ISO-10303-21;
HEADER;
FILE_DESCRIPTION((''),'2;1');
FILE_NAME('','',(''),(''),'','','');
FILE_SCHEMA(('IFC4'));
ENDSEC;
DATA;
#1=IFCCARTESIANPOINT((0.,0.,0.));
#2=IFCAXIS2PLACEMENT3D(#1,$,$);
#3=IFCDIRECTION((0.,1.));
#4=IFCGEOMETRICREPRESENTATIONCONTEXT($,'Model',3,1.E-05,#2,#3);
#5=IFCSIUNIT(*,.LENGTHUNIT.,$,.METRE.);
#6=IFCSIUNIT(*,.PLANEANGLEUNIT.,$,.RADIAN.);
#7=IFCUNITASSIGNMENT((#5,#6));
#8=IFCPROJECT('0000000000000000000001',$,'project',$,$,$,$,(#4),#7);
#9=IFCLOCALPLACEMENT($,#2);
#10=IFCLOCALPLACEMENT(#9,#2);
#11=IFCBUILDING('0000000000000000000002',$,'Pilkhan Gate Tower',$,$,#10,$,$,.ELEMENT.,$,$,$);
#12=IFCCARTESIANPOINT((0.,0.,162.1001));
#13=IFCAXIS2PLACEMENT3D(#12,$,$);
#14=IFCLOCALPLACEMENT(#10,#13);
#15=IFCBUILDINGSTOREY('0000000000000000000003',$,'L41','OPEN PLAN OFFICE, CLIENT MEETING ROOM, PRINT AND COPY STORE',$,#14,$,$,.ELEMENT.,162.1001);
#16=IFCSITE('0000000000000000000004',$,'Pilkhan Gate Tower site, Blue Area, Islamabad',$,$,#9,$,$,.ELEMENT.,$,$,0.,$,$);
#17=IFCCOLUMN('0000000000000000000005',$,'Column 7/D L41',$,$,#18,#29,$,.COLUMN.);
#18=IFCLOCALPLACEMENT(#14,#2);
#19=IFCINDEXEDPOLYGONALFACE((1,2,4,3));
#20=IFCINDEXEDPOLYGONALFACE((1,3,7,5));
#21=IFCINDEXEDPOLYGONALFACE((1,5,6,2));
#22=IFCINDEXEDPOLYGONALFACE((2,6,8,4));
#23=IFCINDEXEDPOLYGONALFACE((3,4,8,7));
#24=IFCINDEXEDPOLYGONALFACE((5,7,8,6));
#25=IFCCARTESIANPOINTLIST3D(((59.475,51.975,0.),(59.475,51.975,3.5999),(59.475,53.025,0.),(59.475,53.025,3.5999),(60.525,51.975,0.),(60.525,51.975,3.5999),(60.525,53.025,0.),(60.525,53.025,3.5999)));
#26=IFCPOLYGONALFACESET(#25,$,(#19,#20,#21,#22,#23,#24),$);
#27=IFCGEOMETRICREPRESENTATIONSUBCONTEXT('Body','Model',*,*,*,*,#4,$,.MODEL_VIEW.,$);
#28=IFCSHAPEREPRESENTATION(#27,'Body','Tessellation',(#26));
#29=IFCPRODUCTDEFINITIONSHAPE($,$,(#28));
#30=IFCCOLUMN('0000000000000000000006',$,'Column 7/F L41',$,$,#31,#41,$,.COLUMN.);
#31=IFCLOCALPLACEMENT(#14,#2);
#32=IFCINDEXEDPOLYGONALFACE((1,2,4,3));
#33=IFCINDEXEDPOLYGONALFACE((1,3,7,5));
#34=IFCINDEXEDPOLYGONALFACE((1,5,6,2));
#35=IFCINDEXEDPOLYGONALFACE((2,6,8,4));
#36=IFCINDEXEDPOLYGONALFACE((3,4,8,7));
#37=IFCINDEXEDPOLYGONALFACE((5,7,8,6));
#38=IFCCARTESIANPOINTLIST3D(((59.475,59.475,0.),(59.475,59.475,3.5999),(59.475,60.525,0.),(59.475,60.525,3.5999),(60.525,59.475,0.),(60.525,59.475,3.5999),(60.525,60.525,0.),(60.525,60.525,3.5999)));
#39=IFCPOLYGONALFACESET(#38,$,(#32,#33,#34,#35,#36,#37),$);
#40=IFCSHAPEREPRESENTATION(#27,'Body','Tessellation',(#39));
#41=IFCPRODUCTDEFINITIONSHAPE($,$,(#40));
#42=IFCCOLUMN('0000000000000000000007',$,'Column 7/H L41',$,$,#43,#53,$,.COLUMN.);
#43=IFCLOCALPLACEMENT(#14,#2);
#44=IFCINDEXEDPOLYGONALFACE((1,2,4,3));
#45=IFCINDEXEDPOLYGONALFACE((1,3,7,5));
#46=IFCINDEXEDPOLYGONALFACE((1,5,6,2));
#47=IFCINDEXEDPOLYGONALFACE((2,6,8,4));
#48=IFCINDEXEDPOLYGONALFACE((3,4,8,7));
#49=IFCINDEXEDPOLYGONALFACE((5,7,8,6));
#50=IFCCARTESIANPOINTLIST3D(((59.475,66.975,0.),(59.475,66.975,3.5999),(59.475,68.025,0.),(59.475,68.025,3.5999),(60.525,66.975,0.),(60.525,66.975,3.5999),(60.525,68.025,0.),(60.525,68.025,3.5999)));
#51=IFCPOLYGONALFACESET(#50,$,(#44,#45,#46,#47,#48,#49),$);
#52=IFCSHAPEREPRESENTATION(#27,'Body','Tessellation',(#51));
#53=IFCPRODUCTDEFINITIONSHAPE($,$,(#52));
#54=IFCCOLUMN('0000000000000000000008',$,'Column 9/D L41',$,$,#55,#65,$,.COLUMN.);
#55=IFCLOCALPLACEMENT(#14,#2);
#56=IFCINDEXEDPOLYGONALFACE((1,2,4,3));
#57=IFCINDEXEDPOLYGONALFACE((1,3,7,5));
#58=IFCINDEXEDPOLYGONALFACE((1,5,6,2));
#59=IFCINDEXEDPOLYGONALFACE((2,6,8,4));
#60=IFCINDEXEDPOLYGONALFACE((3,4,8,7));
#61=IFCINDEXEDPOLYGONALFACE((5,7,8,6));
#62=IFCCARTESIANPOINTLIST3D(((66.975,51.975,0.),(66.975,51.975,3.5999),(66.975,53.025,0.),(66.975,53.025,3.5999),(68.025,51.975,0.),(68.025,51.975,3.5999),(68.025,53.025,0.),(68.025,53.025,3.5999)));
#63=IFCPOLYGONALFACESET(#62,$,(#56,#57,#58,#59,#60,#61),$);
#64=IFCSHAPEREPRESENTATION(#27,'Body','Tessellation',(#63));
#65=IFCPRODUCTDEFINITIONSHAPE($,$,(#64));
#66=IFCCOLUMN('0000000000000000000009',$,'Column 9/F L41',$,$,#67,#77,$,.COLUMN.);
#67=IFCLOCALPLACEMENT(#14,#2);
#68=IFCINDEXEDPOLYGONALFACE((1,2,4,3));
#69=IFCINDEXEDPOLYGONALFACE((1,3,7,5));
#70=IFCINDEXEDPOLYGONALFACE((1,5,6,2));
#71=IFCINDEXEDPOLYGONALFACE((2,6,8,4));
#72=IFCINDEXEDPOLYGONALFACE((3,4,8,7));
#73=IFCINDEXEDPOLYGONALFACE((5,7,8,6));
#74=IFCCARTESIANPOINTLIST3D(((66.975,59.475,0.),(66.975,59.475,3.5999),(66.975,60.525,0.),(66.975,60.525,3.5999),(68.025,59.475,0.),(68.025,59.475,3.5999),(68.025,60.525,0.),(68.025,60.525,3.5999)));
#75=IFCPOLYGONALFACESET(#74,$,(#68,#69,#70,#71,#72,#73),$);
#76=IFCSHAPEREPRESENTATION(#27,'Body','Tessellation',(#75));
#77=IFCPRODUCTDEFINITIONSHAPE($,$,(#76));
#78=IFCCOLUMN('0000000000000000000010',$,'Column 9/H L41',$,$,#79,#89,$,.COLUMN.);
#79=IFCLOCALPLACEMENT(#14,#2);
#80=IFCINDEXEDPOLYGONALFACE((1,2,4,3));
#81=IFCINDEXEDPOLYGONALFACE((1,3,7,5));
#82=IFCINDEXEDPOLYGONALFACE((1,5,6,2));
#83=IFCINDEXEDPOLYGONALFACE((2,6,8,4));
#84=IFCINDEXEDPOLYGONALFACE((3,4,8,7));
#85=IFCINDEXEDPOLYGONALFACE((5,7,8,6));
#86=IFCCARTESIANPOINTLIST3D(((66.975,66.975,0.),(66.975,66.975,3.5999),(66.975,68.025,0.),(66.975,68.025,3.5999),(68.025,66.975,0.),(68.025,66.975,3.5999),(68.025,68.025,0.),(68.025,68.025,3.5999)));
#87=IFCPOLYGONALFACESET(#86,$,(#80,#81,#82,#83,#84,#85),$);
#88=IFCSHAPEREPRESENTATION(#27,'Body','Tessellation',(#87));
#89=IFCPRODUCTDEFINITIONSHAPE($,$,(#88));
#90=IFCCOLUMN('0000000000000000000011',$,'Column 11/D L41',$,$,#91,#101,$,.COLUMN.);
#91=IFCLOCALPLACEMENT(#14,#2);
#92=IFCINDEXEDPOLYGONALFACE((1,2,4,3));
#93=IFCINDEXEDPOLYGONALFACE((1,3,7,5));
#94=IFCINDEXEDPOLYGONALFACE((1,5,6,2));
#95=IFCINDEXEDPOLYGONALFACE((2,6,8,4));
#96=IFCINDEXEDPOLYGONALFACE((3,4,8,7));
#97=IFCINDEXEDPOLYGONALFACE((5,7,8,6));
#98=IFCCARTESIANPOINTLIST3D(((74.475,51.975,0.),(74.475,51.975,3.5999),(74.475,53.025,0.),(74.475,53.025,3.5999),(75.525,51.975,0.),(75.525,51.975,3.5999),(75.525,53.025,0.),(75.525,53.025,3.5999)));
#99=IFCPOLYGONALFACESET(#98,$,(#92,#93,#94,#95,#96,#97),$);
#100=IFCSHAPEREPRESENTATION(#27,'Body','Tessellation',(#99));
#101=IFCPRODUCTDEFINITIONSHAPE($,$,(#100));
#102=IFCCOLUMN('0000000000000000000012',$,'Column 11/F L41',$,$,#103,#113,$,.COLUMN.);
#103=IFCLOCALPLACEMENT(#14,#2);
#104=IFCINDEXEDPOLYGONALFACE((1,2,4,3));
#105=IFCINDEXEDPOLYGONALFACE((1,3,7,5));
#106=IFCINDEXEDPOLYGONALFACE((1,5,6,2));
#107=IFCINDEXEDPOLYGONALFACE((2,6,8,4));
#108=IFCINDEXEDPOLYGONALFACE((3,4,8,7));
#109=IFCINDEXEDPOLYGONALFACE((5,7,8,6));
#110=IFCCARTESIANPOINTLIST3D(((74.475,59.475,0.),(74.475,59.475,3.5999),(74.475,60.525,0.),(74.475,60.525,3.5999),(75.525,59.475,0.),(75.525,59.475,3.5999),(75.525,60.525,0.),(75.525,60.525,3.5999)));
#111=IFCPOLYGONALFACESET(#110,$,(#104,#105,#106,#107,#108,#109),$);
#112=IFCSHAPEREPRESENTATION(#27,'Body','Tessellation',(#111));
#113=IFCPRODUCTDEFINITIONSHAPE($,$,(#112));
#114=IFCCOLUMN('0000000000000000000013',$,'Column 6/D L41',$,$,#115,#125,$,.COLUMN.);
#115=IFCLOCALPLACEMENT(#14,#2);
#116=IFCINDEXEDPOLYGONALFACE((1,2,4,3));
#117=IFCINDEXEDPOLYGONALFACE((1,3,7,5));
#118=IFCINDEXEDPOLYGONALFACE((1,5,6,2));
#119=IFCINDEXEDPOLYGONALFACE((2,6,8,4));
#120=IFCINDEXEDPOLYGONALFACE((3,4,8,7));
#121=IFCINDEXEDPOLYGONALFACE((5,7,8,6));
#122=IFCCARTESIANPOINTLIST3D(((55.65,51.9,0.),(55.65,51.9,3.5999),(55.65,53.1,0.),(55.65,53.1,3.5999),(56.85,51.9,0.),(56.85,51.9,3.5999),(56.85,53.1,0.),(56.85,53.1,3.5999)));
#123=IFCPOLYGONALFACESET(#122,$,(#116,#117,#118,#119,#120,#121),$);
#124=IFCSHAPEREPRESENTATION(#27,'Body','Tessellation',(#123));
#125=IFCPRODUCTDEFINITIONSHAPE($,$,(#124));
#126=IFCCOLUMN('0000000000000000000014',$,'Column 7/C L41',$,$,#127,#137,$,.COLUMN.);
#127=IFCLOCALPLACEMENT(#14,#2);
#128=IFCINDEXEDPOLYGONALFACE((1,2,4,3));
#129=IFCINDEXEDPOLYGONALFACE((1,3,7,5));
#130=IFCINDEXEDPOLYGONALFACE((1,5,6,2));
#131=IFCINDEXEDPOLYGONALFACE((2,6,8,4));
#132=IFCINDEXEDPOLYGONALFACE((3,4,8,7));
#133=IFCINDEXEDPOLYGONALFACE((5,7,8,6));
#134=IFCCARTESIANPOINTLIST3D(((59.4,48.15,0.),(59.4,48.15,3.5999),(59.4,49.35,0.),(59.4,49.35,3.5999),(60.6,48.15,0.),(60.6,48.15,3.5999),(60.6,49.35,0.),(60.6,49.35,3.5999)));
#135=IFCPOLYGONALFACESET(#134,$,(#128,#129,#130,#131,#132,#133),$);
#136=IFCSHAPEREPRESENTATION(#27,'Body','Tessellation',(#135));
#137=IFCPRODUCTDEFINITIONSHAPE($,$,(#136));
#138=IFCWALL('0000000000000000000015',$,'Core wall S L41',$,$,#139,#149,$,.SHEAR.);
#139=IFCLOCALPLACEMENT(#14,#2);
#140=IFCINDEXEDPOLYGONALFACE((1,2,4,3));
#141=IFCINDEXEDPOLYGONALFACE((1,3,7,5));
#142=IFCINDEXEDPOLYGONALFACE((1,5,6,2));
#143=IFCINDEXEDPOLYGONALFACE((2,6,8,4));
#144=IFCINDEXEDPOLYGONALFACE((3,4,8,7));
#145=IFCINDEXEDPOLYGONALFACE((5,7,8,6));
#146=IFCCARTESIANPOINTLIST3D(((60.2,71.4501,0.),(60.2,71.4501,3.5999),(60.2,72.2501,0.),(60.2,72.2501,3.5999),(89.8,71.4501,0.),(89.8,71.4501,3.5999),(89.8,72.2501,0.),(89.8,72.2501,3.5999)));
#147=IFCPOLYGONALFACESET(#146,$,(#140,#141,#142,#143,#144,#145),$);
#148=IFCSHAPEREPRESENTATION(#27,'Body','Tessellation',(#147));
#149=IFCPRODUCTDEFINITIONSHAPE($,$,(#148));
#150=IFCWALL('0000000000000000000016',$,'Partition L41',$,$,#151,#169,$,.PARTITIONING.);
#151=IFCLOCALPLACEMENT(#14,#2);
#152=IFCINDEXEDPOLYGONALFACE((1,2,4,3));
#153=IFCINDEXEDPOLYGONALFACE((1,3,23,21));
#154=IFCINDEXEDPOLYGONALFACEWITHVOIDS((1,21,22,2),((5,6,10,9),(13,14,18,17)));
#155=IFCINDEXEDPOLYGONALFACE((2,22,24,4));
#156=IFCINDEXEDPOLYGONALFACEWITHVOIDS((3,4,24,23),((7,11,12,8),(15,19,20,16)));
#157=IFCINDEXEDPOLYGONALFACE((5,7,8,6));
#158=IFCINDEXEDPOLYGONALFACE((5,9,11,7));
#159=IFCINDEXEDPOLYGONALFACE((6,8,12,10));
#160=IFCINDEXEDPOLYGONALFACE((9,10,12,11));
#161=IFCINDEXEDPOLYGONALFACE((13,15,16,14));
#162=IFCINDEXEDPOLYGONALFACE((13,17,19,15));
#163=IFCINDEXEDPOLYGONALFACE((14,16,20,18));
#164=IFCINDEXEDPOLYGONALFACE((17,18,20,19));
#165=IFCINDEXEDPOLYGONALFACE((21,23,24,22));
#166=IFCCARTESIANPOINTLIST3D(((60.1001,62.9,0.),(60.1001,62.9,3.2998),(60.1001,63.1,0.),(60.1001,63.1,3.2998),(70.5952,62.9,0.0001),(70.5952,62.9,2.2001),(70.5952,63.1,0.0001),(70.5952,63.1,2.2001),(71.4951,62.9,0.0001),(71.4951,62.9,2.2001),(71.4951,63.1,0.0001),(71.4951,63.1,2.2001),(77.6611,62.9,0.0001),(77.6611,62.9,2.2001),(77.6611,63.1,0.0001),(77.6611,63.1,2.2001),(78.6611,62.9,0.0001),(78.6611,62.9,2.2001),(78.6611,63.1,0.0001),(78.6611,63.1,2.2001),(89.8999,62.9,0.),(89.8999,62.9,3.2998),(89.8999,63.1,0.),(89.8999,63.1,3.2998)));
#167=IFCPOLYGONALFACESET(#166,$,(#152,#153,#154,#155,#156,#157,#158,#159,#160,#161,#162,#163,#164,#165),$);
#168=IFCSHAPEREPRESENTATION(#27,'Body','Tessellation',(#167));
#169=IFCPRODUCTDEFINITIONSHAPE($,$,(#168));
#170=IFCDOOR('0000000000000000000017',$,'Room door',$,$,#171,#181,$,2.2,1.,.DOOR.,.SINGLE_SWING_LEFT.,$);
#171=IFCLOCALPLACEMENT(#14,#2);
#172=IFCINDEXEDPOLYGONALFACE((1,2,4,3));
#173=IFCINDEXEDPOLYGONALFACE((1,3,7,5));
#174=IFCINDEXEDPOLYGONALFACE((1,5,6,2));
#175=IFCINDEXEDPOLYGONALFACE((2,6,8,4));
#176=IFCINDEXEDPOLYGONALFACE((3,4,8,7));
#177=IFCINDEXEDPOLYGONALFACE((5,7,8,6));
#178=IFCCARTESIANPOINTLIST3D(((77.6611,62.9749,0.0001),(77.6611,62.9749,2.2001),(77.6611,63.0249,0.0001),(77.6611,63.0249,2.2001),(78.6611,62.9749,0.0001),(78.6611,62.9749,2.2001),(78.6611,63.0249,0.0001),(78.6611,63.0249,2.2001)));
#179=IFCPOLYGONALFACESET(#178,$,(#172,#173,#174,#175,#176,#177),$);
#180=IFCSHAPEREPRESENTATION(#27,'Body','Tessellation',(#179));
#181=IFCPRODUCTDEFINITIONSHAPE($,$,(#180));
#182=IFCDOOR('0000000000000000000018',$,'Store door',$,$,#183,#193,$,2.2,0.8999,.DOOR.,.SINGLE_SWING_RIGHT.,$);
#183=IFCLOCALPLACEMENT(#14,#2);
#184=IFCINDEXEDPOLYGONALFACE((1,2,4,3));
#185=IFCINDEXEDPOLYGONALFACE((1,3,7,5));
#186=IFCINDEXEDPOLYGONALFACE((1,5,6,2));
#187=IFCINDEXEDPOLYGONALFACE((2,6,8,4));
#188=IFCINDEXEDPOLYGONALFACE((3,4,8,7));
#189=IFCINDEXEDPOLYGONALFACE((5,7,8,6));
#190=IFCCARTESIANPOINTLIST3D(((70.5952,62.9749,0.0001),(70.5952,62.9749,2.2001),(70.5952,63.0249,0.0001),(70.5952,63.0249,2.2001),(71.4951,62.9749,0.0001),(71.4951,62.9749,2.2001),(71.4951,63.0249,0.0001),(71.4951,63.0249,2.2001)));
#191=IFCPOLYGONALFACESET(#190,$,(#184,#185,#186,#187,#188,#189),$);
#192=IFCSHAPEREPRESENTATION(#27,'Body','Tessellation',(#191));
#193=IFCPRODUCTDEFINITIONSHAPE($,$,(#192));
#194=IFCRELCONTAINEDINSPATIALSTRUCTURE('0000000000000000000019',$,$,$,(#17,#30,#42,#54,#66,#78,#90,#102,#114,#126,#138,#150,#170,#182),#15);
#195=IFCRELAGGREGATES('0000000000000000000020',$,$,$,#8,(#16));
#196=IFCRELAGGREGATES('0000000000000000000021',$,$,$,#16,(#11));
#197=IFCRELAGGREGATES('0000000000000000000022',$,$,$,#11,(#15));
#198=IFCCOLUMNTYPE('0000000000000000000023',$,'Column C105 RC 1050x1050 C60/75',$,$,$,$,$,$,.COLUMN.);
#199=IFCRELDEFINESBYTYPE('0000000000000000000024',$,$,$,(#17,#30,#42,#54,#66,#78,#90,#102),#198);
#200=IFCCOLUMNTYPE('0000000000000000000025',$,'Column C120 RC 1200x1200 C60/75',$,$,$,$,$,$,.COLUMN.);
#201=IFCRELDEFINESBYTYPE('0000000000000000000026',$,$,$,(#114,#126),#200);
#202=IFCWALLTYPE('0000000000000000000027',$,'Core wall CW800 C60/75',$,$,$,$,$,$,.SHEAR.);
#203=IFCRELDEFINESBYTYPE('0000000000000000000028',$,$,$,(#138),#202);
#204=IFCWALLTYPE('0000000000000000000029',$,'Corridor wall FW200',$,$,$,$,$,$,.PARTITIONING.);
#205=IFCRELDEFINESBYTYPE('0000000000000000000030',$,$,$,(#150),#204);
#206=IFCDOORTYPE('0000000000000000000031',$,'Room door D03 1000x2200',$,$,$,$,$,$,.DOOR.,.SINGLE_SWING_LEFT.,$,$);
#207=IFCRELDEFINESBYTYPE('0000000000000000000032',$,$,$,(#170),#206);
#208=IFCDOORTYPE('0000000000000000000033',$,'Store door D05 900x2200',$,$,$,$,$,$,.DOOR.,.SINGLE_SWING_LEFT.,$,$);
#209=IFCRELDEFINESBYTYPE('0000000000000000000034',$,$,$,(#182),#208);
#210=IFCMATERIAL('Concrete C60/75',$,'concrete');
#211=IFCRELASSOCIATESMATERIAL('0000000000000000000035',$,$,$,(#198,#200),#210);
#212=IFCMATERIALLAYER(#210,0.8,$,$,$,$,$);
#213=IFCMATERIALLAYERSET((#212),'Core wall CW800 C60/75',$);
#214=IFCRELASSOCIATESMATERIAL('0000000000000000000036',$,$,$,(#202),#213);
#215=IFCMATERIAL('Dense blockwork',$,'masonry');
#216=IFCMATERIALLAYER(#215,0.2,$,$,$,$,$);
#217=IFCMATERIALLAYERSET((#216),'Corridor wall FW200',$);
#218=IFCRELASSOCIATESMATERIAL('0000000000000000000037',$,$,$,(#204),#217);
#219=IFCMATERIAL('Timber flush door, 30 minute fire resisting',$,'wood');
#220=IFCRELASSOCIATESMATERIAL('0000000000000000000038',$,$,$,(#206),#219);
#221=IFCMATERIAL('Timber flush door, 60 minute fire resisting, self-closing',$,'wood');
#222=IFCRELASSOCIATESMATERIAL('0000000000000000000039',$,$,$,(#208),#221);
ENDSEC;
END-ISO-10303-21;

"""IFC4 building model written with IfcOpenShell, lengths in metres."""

from ifc_helpers import new_model, si_unit, direction, frame, frame_2d, origin, origin_2d, place, context, subcontext, project, spatial, rectangle, extrude, material, layer, layer_set, material_profile, profile_set, type_object, element, fill, save


model = new_model("IFC4")

# Units and contexts
model_context = context("Model", 3, precision=1e-05, world=origin(), true_north=direction((0.0, 1.0)))
body_context = subcontext(model_context, "Body", "Model", "MODEL_VIEW")
ifc_project = project(units=[si_unit("LENGTHUNIT", "METRE"), si_unit("PLANEANGLEUNIT", "RADIAN")], contexts=[model_context])

# Site, building, storey
site_placement = place(None, origin())
site = spatial("IfcSite", under=ifc_project, at=site_placement, Name="Pilkhan Gate Tower site, Blue Area, Islamabad", CompositionType="ELEMENT", RefElevation=0.0)
building_placement = place(site_placement, origin())
building = spatial("IfcBuilding", under=site, at=building_placement, Name="Pilkhan Gate Tower", CompositionType="ELEMENT")
storey_placement = place(building_placement, frame((0.0, 0.0, 162.1001)))
storey = spatial("IfcBuildingStorey", under=building, at=storey_placement, Name="L41", Description="OPEN PLAN OFFICE, CLIENT MEETING ROOM, PRINT AND COPY STORE", CompositionType="ELEMENT", Elevation=162.1001)

# Columns
ifc_material_1 = material(Name="Concrete C60/75", Category="concrete")
ifc_material_profile_1 = material_profile(ifc_material_1, rectangle(XDim=1.05, YDim=1.05, at=origin_2d()), Name="RC 1050x1050")
ifc_profile_set_1 = profile_set([ifc_material_profile_1], Name="Concrete C60/75")
column_type_1 = type_object("IfcColumnType", Name="Column C105 RC 1050x1050 C60/75", PredefinedType="COLUMN", material=ifc_profile_set_1)
for number, where, z_axis, x_axis, name in (
    (1, (60.0, 52.5, 0.0), (0.0, 0.0, 1.0), (1.0, 0.0, 0.0), "Column 7/D L41"),
    (2, (60.0, 60.0, 0.0), (0.0, 0.0, 1.0), (1.0, 0.0, 0.0), "Column 7/F L41"),
    (3, (60.0, 67.5, 0.0), (0.0, 0.0, 1.0), (1.0, 0.0, 0.0), "Column 7/H L41"),
    (4, (67.5, 52.5, 0.0), (0.0, 0.0, 1.0), (1.0, 0.0, 0.0), "Column 9/D L41"),
    (5, (67.5, 60.0, 0.0), (0.0, 0.0, 1.0), (1.0, 0.0, 0.0), "Column 9/F L41"),
    (6, (67.5, 67.5, 0.0), (0.0, 0.0, 1.0), (1.0, 0.0, 0.0), "Column 9/H L41"),
    (7, (75.0, 52.5, 0.0), (0.0, 0.0, 1.0), (1.0, 0.0, 0.0), "Column 11/D L41"),
    (8, (75.0, 60.0, 0.0), (0.0, 0.0, 1.0), (1.0, 0.0, 0.0), "Column 11/F L41"),
):
    element("IfcColumn", number, at=place(storey_placement, frame(where, z_axis=z_axis, x_axis=x_axis)), inside=storey, type_object=column_type_1, Name=name, PredefinedType="COLUMN", context=body_context, shape_type="SweptSolid", body=[
        extrude(rectangle(XDim=1.05, YDim=1.05, at=origin_2d()), origin(), (0.0, 0.0, 1.0), 3.5999),
    ])
ifc_material_profile_2 = material_profile(ifc_material_1, rectangle(XDim=1.2, YDim=1.2, at=origin_2d()), Name="RC 1200x1200")
ifc_profile_set_2 = profile_set([ifc_material_profile_2], Name="Concrete C60/75")
column_type_2 = type_object("IfcColumnType", Name="Column C120 RC 1200x1200 C60/75", PredefinedType="COLUMN", material=ifc_profile_set_2)
for number, where, z_axis, x_axis, name in (
    (9, (56.25, 52.5, 0.0), (0.0, 0.0, 1.0), (1.0, 0.0, 0.0), "Column 6/D L41"),
    (10, (60.0, 48.75, 0.0), (0.0, 0.0, 1.0), (1.0, 0.0, 0.0), "Column 7/C L41"),
):
    element("IfcColumn", number, at=place(storey_placement, frame(where, z_axis=z_axis, x_axis=x_axis)), inside=storey, type_object=column_type_2, Name=name, PredefinedType="COLUMN", context=body_context, shape_type="SweptSolid", body=[
        extrude(rectangle(XDim=1.2, YDim=1.2, at=origin_2d()), origin(), (0.0, 0.0, 1.0), 3.5999),
    ])

# Wall
ifc_layer_1 = layer(ifc_material_1, 0.8)
ifc_layer_set_1 = layer_set([ifc_layer_1], Name="Core wall CW800 C60/75")
wall_type_1 = type_object("IfcWallType", Name="Core wall CW800 C60/75", PredefinedType="SHEAR", material=ifc_layer_set_1)
wall_1_placement = place(storey_placement, frame((60.2, 71.8501, 0.0), z_axis=(0.0, 0.0, 1.0), x_axis=(1.0, 0.0, 0.0)))
element("IfcWall", 11, at=wall_1_placement, inside=storey, type_object=wall_type_1, Name="Core wall S L41", PredefinedType="SHEAR", context=body_context, shape_type="SweptSolid", body=[
    extrude(rectangle(XDim=29.6001, YDim=0.8, at=frame_2d((14.8, 0.0))), origin(), (0.0, 0.0, 1.0), 3.5999),
])

# Wall, openings, doors
ifc_material_2 = material(Name="Dense blockwork", Category="masonry")
ifc_layer_2 = layer(ifc_material_2, 0.2)
ifc_layer_set_2 = layer_set([ifc_layer_2], Name="Corridor wall FW200")
wall_type_2 = type_object("IfcWallType", Name="Corridor wall FW200", PredefinedType="PARTITIONING", material=ifc_layer_set_2)
wall_2_placement = place(storey_placement, frame((60.1001, 63.0, 0.0), z_axis=(0.0, 0.0, 1.0), x_axis=(1.0, 0.0, 0.0)))
wall_2 = element("IfcWall", 12, at=wall_2_placement, inside=storey, type_object=wall_type_2, Name="Partition L41", PredefinedType="PARTITIONING", context=body_context, shape_type="SweptSolid", body=[
    extrude(rectangle(XDim=29.7998, YDim=0.2, at=frame_2d((14.8999, 0.0))), origin(), (0.0, 0.0, 1.0), 3.2998),
])
opening_1_placement = place(wall_2_placement, frame((10.4951, 0.0, 0.0)))
opening_1 = element("IfcOpeningElement", 13, at=opening_1_placement, cuts=wall_2, PredefinedType="OPENING", context=body_context, shape_type="SweptSolid", body=[
    extrude(rectangle(XDim=0.8999, YDim=2.2, at=frame_2d((0.45, 1.1001))), frame((0.0, 0.1099, 0.0), z_axis=(0.0, -1.0, 0.0), x_axis=(1.0, 0.0, 0.0)), (0.0, 0.0, 1.0), 0.22),
])
opening_2_placement = place(wall_2_placement, frame((17.561, 0.0, 0.0)))
opening_2 = element("IfcOpeningElement", 14, at=opening_2_placement, cuts=wall_2, PredefinedType="OPENING", context=body_context, shape_type="SweptSolid", body=[
    extrude(rectangle(XDim=1.0, YDim=2.2, at=frame_2d((0.5, 1.1001))), frame((0.0, 0.1099, 0.0), z_axis=(0.0, -1.0, 0.0), x_axis=(1.0, 0.0, 0.0)), (0.0, 0.0, 1.0), 0.22),
])
ifc_material_3 = material(Name="Timber flush door, 30 minute fire resisting", Category="wood")
door_type_1 = type_object("IfcDoorType", Name="Room door D03 1000x2200", OperationType="SINGLE_SWING_LEFT", PredefinedType="DOOR", material=ifc_material_3)
door_1_placement = place(opening_2_placement, origin())
door_1 = element("IfcDoor", 15, at=door_1_placement, inside=storey, type_object=door_type_1, Name="Room door", OperationType="SINGLE_SWING_LEFT", OverallHeight=2.2, OverallWidth=1.0, PredefinedType="DOOR", context=body_context, shape_type="SweptSolid", body=[
    extrude(rectangle(XDim=1.0, YDim=2.2, at=frame_2d((0.5, 1.1001))), frame((0.0, 0.0249, 0.0), z_axis=(0.0, -1.0, 0.0), x_axis=(1.0, 0.0, 0.0)), (0.0, 0.0, 1.0), 0.05),
])
fill(opening_2, door_1)
ifc_material_4 = material(Name="Timber flush door, 60 minute fire resisting, self-closing", Category="wood")
door_type_2 = type_object("IfcDoorType", Name="Store door D05 900x2200", OperationType="SINGLE_SWING_LEFT", PredefinedType="DOOR", material=ifc_material_4)
door_2_placement = place(opening_1_placement, origin())
door_2 = element("IfcDoor", 16, at=door_2_placement, inside=storey, type_object=door_type_2, Name="Store door", OperationType="SINGLE_SWING_RIGHT", OverallHeight=2.2, OverallWidth=0.8999, PredefinedType="DOOR", context=body_context, shape_type="SweptSolid", body=[
    extrude(rectangle(XDim=0.8999, YDim=2.2, at=frame_2d((0.45, 1.1001))), frame((0.0, 0.0249, 0.0), z_axis=(0.0, -1.0, 0.0), x_axis=(1.0, 0.0, 0.0)), (0.0, 0.0, 1.0), 0.05),
])
fill(opening_1, door_2)

save(model, "model.ifc")
